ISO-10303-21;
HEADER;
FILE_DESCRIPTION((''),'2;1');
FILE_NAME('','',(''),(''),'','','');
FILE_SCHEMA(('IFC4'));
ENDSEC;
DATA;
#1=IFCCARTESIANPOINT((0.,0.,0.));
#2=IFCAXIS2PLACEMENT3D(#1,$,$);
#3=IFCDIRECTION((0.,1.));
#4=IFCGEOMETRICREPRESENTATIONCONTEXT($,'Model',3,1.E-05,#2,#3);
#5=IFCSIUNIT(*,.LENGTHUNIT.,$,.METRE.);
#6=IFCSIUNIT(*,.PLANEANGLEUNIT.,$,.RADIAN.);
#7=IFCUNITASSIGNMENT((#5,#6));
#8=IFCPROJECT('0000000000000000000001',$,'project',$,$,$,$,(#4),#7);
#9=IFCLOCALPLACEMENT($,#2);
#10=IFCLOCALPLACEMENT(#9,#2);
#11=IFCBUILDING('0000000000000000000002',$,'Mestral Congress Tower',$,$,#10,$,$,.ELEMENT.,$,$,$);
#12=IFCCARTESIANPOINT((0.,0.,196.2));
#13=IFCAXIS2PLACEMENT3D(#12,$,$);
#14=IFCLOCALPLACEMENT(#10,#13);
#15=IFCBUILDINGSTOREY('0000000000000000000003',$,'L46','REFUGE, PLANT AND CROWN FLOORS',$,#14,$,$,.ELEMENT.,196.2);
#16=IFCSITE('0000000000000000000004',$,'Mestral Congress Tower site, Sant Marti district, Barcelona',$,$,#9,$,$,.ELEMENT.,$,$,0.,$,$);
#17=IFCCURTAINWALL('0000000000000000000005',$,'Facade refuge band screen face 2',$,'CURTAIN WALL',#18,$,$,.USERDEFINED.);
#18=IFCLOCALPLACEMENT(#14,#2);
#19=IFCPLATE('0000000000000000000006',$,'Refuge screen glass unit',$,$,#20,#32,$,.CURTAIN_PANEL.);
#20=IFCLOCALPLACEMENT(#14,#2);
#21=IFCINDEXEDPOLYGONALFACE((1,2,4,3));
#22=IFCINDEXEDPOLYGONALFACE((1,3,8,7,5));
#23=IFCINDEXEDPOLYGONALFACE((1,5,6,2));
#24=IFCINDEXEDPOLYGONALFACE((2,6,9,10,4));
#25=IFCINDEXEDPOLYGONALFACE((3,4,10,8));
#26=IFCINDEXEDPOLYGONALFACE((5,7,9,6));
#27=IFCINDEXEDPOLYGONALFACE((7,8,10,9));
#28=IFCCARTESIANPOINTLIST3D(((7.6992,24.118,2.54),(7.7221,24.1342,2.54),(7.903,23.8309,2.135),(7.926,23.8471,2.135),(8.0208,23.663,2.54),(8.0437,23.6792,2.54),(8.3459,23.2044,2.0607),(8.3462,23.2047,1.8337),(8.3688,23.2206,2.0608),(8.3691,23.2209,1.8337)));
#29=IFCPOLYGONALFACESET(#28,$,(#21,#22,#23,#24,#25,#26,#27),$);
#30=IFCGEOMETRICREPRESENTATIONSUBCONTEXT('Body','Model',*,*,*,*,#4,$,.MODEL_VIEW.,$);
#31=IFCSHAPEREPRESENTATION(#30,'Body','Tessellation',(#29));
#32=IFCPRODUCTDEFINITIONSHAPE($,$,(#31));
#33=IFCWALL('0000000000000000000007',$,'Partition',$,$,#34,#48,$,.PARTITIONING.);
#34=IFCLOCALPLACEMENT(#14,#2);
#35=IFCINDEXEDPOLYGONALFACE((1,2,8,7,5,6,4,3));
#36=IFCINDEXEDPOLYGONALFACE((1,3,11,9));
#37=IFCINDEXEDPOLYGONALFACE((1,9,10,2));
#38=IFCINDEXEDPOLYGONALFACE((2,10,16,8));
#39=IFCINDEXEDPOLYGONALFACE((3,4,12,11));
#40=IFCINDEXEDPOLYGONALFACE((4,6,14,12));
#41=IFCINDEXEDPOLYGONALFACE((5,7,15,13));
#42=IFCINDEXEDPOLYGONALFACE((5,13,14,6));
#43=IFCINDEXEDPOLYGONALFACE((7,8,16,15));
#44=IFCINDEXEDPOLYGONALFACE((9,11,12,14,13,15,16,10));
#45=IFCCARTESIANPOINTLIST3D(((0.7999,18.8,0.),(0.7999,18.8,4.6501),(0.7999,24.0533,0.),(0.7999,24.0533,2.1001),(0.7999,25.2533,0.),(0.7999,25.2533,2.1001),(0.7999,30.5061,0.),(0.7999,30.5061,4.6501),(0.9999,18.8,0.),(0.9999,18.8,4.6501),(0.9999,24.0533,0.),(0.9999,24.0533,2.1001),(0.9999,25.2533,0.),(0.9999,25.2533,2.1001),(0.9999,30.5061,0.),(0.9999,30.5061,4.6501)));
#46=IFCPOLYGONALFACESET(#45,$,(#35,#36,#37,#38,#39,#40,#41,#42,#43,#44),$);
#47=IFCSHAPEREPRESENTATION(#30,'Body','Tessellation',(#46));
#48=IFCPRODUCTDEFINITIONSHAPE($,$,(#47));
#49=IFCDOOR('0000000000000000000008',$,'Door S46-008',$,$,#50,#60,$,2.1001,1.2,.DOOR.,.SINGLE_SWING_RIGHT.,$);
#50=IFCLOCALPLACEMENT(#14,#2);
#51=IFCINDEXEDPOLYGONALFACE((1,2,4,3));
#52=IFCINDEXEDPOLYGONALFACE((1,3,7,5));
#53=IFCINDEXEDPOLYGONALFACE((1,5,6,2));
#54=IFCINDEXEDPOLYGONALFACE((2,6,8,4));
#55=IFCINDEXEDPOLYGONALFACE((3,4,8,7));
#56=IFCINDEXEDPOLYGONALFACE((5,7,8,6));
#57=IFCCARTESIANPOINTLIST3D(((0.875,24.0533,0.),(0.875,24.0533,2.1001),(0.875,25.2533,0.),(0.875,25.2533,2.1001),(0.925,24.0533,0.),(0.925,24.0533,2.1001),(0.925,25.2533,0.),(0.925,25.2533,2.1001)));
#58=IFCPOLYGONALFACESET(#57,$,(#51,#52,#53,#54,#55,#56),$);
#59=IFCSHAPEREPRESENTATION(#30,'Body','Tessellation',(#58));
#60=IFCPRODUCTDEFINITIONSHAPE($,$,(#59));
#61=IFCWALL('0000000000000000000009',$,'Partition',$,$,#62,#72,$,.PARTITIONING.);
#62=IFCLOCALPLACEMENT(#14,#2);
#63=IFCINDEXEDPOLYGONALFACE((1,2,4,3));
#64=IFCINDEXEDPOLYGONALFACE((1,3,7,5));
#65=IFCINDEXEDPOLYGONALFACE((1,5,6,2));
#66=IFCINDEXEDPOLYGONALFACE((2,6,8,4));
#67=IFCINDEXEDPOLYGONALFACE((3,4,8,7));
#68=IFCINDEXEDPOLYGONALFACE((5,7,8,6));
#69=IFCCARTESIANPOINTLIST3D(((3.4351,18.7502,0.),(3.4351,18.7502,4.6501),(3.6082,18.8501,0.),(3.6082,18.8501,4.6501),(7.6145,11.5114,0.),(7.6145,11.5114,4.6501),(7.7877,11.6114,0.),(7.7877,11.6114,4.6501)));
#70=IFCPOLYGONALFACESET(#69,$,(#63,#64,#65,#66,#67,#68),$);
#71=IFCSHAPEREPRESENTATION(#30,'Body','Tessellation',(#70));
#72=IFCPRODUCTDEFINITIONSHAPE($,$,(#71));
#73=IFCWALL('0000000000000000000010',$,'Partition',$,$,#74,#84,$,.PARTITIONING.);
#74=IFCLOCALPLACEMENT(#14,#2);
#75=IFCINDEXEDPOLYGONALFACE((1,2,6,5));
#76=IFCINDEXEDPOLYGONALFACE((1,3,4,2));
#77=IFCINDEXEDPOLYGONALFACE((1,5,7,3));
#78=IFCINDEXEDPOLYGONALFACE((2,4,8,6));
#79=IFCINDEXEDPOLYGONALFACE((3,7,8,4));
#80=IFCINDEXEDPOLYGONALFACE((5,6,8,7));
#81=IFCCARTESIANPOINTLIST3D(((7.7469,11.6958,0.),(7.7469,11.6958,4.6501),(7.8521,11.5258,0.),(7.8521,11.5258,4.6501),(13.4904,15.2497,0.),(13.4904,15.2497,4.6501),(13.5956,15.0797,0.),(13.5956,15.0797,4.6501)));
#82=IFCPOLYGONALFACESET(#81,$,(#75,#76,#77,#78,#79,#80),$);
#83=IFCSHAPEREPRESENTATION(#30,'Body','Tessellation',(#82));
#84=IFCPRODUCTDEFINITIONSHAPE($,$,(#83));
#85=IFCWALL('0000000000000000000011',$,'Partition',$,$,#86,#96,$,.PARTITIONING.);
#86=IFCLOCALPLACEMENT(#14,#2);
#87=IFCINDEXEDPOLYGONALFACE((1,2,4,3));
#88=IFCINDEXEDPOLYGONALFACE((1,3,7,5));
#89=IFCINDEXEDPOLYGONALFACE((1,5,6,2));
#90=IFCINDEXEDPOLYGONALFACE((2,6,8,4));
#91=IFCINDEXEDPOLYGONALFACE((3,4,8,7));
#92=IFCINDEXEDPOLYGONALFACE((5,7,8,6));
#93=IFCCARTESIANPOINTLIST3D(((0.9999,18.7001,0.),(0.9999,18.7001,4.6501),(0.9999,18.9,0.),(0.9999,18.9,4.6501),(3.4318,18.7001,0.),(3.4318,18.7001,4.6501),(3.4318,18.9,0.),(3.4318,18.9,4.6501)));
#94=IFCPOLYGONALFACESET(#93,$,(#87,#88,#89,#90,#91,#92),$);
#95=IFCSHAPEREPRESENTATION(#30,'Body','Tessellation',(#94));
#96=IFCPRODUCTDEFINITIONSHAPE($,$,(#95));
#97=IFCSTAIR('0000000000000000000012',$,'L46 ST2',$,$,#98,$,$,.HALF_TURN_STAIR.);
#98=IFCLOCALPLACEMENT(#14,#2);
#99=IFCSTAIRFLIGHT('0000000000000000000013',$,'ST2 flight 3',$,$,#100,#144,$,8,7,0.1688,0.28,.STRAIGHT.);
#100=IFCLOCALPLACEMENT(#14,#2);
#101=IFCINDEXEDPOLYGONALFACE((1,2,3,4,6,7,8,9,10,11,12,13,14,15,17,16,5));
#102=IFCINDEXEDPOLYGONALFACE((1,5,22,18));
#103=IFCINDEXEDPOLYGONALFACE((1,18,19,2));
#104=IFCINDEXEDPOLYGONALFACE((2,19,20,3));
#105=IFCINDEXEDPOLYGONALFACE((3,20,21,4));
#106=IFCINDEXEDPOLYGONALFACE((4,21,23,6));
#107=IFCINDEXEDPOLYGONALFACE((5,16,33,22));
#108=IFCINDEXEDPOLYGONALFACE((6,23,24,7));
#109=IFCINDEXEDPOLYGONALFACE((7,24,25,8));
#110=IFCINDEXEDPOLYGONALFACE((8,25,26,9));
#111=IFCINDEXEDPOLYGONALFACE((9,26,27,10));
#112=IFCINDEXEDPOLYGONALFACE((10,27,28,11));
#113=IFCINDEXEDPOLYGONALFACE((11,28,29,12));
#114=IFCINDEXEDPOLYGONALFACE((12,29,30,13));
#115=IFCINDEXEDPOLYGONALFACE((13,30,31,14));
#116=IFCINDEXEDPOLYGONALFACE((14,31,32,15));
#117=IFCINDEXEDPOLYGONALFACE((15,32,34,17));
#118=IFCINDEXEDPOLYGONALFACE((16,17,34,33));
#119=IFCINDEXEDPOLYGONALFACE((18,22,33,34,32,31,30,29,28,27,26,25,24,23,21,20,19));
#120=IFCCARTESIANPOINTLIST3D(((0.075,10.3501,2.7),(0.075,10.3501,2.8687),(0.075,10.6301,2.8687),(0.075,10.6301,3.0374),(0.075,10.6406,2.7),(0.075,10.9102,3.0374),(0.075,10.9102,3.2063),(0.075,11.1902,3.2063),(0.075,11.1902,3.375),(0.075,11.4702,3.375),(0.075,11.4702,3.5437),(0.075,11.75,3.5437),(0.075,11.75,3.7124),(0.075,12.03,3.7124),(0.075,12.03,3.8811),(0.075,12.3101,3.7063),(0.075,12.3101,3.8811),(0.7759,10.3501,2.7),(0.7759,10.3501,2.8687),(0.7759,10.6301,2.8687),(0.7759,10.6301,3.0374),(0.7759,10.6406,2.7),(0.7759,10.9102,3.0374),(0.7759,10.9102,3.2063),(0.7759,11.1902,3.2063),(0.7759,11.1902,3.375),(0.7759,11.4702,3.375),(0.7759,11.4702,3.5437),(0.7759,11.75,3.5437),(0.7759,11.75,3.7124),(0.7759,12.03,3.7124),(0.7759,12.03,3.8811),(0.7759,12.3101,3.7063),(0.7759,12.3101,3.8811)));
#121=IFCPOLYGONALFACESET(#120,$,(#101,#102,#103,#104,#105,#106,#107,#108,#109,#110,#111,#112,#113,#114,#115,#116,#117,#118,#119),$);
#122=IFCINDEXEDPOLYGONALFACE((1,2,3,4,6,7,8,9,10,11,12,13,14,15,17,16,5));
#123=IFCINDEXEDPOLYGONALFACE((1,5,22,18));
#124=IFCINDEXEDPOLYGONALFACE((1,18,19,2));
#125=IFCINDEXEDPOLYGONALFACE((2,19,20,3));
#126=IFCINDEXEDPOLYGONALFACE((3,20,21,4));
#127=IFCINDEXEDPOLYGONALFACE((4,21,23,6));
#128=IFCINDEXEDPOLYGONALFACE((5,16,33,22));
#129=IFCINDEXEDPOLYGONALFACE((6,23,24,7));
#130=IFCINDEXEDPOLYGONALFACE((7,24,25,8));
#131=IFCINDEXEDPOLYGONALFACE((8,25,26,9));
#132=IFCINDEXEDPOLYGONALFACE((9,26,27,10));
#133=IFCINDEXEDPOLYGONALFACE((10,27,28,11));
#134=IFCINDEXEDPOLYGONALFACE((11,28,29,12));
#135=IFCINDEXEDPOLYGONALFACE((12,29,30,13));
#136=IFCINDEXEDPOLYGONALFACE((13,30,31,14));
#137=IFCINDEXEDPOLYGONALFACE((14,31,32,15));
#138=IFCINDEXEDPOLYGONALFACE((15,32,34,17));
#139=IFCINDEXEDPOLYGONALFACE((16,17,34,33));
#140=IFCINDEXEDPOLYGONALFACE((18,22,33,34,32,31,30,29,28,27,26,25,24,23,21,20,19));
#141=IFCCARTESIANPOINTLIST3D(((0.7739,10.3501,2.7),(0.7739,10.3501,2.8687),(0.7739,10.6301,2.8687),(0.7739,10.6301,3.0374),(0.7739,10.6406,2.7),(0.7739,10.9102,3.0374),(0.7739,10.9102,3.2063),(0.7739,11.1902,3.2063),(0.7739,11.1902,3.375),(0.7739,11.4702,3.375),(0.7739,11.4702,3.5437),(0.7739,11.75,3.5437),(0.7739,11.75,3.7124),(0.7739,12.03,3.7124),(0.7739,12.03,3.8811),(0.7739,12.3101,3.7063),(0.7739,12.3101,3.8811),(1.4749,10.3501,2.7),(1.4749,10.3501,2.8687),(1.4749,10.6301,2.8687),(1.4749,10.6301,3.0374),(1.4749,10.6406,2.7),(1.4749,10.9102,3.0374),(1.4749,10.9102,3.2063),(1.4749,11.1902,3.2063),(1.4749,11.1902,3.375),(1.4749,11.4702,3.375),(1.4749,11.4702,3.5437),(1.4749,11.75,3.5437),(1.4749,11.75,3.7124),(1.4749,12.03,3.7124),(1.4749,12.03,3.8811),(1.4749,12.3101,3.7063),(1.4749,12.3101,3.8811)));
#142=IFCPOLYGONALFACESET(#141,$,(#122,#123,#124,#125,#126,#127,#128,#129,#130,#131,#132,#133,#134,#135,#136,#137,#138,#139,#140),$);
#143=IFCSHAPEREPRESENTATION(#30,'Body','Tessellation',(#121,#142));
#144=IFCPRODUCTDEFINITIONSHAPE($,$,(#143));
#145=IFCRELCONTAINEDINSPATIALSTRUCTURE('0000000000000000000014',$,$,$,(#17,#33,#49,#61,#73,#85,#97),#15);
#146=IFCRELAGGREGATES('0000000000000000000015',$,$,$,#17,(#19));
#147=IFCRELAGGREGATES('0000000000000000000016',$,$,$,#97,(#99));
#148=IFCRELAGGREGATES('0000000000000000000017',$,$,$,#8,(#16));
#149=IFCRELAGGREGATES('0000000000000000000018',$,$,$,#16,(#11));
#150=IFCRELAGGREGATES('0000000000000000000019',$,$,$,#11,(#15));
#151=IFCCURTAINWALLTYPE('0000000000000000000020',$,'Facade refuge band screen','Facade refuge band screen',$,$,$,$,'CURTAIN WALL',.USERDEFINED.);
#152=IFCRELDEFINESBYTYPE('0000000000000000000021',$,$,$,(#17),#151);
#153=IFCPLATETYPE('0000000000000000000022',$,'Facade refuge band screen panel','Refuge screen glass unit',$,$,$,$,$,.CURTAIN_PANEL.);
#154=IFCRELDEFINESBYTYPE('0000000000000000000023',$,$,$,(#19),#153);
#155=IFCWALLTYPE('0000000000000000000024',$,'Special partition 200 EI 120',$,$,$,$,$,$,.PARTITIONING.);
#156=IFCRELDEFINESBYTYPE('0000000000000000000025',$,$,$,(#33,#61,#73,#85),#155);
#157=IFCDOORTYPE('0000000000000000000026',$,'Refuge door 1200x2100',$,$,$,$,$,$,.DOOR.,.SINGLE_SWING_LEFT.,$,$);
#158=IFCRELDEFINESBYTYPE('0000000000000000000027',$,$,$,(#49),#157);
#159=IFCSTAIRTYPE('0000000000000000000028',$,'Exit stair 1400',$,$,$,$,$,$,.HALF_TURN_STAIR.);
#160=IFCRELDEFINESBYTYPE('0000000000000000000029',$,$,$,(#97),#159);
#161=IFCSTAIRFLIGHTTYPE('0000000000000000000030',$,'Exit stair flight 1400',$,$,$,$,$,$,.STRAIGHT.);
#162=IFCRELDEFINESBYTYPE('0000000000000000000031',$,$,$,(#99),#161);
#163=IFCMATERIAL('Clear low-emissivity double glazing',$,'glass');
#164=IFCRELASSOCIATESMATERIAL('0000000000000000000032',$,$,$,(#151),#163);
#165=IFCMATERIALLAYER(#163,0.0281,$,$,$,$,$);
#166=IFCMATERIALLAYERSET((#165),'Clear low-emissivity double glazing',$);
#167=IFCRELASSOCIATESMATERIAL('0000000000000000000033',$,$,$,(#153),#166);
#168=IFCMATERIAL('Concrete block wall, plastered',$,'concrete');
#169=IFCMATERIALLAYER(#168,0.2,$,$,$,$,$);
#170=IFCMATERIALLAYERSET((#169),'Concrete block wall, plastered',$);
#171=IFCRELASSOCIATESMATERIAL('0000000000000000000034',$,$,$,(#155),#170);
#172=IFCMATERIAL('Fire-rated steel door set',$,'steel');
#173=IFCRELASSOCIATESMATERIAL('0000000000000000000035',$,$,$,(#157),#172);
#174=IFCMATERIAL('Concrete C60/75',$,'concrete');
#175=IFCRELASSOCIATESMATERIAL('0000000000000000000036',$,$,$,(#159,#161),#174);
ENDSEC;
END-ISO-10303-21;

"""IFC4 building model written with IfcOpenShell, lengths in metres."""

from ifc_helpers import new_model, si_unit, direction, frame, frame_2d, origin, place, context, subcontext, project, spatial, polyline, rectangle, outline, extrude, material, layer, layer_set, type_object, element, fill, aggregate, save


model = new_model("IFC4")

# Units and contexts
model_context = context("Model", 3, precision=1e-05, world=origin(), true_north=direction((0.0, 1.0)))
body_context = subcontext(model_context, "Body", "Model", "MODEL_VIEW")
ifc_project = project(units=[si_unit("LENGTHUNIT", "METRE"), si_unit("PLANEANGLEUNIT", "RADIAN")], contexts=[model_context])

# Site, building, storey
site_placement = place(None, origin())
site = spatial("IfcSite", under=ifc_project, at=site_placement, Name="Mestral Congress Tower site, Sant Marti district, Barcelona", CompositionType="ELEMENT", RefElevation=0.0)
building_placement = place(site_placement, origin())
building = spatial("IfcBuilding", under=site, at=building_placement, Name="Mestral Congress Tower", CompositionType="ELEMENT")
storey_placement = place(building_placement, frame((0.0, 0.0, 196.2)))
storey = spatial("IfcBuildingStorey", under=building, at=storey_placement, Name="L46", Description="REFUGE, PLANT AND CROWN FLOORS", CompositionType="ELEMENT", Elevation=196.2)

# Curtain wall, plate
ifc_material_1 = material(Name="Clear low-emissivity double glazing", Category="glass")
curtain_wall_type = type_object("IfcCurtainWallType", Name="Facade refuge band screen", Description="Facade refuge band screen", ElementType="CURTAIN WALL", PredefinedType="USERDEFINED", material=ifc_material_1)
placement = place(storey_placement, origin())
curtain_wall = element("IfcCurtainWall", 1, at=placement, inside=storey, type_object=curtain_wall_type, Name="Facade refuge band screen face 2", ObjectType="CURTAIN WALL", PredefinedType="USERDEFINED")
ifc_layer_1 = layer(ifc_material_1, 0.0281)
ifc_layer_set_1 = layer_set([ifc_layer_1], Name="Clear low-emissivity double glazing")
plate_type_1 = type_object("IfcPlateType", Name="Facade refuge band screen panel", Description="Refuge screen glass unit", PredefinedType="CURTAIN_PANEL", material=ifc_layer_set_1)
plate_1_placement = place(storey_placement, frame((8.3691, 23.2209, 1.8337), z_axis=(0.816679, 0.577089, 0.001909), x_axis=(-0.00141, -0.001312, 0.999998)))
plate_1 = element("IfcPlate", 2, at=plate_1_placement, type_object=plate_type_1, Name="Refuge screen glass unit", PredefinedType="CURTAIN_PANEL", context=body_context, shape_type="SweptSolid", body=[
    extrude(outline(polyline([(0.0, 0.0), (0.2271, 0.0), (0.7062, -0.5622), (0.706, -1.1194), (0.3011, -0.7672), (0.0, 0.0)])), origin(), (0.0, 0.0, -1.0), 0.0281),
])
aggregate(curtain_wall, [plate_1])

# Wall, opening, door
ifc_material_2 = material(Name="Concrete block wall, plastered", Category="concrete")
ifc_layer_2 = layer(ifc_material_2, 0.2)
ifc_layer_set_2 = layer_set([ifc_layer_2], Name="Concrete block wall, plastered")
wall_type = type_object("IfcWallType", Name="Special partition 200 EI 120", PredefinedType="PARTITIONING", material=ifc_layer_set_2)
wall_1_placement = place(storey_placement, frame((0.8999, 18.8, 0.0), z_axis=(0.0, 0.0, 1.0), x_axis=(0.0, 1.0, 0.0)))
wall_1 = element("IfcWall", 3, at=wall_1_placement, inside=storey, type_object=wall_type, Name="Partition", PredefinedType="PARTITIONING", context=body_context, shape_type="SweptSolid", body=[
    extrude(rectangle(XDim=11.7061, YDim=0.2, at=frame_2d((5.853, 0.0))), origin(), (0.0, 0.0, 1.0), 4.6501),
])
opening_placement = place(wall_1_placement, frame((5.2532, 0.0, 0.0)))
opening = element("IfcOpeningElement", 4, at=opening_placement, cuts=wall_1, PredefinedType="OPENING", context=body_context, shape_type="SweptSolid", body=[
    extrude(rectangle(XDim=1.2, YDim=2.1001, at=frame_2d((0.6001, 1.05))), frame((0.0, 0.1099, 0.0), z_axis=(0.0, -1.0, 0.0), x_axis=(1.0, 0.0, 0.0)), (0.0, 0.0, 1.0), 0.22),
])
ifc_material_3 = material(Name="Fire-rated steel door set", Category="steel")
door_type = type_object("IfcDoorType", Name="Refuge door 1200x2100", OperationType="SINGLE_SWING_LEFT", PredefinedType="DOOR", material=ifc_material_3)
door_placement = place(opening_placement, origin())
door = element("IfcDoor", 5, at=door_placement, inside=storey, type_object=door_type, Name="Door S46-008", OperationType="SINGLE_SWING_RIGHT", OverallHeight=2.1001, OverallWidth=1.2, PredefinedType="DOOR", context=body_context, shape_type="SweptSolid", body=[
    extrude(rectangle(XDim=1.2, YDim=2.1001, at=frame_2d((0.6001, 1.05))), frame((0.0, 0.0249, 0.0), z_axis=(0.0, -1.0, 0.0), x_axis=(1.0, 0.0, 0.0)), (0.0, 0.0, 1.0), 0.05),
])
fill(opening, door)

# Walls
wall_2_placement = place(storey_placement, frame((3.5217, 18.8, 0.0), z_axis=(0.0, 0.0, 1.0), x_axis=(0.500012, -0.866018, 0.0)))
element("IfcWall", 6, at=wall_2_placement, inside=storey, type_object=wall_type, Name="Partition", PredefinedType="PARTITIONING", context=body_context, shape_type="SweptSolid", body=[
    extrude(rectangle(XDim=8.3586, YDim=0.2, at=frame_2d((4.1792, 0.0))), origin(), (0.0, 0.0, 1.0), 4.6501),
])
wall_3_placement = place(storey_placement, frame((7.7996, 11.6108, 0.0), z_axis=(0.0, 0.0, 1.0), x_axis=(0.850374, 0.526179, 0.0)))
element("IfcWall", 7, at=wall_3_placement, inside=storey, type_object=wall_type, Name="Partition", PredefinedType="PARTITIONING", context=body_context, shape_type="SweptSolid", body=[
    extrude(rectangle(XDim=6.7542, YDim=0.2, at=frame_2d((3.377, 0.0))), origin(), (0.0, 0.0, 1.0), 4.6501),
])
wall_4_placement = place(storey_placement, frame((1.0, 18.8, 0.0), z_axis=(0.0, 0.0, 1.0), x_axis=(1.0, 0.0, 0.0)))
element("IfcWall", 8, at=wall_4_placement, inside=storey, type_object=wall_type, Name="Partition", PredefinedType="PARTITIONING", context=body_context, shape_type="SweptSolid", body=[
    extrude(rectangle(XDim=2.4319, YDim=0.2, at=frame_2d((1.2158, 0.0))), origin(), (0.0, 0.0, 1.0), 4.6501),
])

# Stair, stair flight
ifc_material_4 = material(Name="Concrete C60/75", Category="concrete")
stair_type = type_object("IfcStairType", Name="Exit stair 1400", PredefinedType="HALF_TURN_STAIR", material=ifc_material_4)
stair = element("IfcStair", 9, at=placement, inside=storey, type_object=stair_type, Name="L46 ST2", PredefinedType="HALF_TURN_STAIR")
stair_flight_type = type_object("IfcStairFlightType", Name="Exit stair flight 1400", PredefinedType="STRAIGHT", material=ifc_material_4)
stair_flight_placement = place(storey_placement, frame((0.7749, 10.3501, 2.7), z_axis=(0.0, 0.0, 1.0), x_axis=(0.0, 1.0, 0.0)))
stair_flight = element("IfcStairFlight", 10, at=stair_flight_placement, type_object=stair_flight_type, Name="ST2 flight 3", NumberOfRisers=8, NumberOfTreads=7, PredefinedType="STRAIGHT", RiserHeight=0.1688, TreadLength=0.28, context=body_context, shape_type="SweptSolid", body=[
    extrude(outline(polyline([(0.0, 0.0), (0.0, 0.1687), (0.28, 0.1687), (0.28, 0.3374), (0.5601, 0.3374), (0.5601, 0.5063), (0.8401, 0.5063), (0.8401, 0.675), (1.1201, 0.675), (1.1201, 0.8438), (1.3999, 0.8438), (1.3999, 1.0125), (1.6799, 1.0125), (1.6799, 1.1812), (1.96, 1.1812), (1.96, 1.3501), (1.96, 1.0063), (0.2905, 0.0), (0.0, 0.0)])), frame((0.0, 0.7, 0.0), z_axis=(0.0, -1.0, 0.0), x_axis=(1.0, 0.0, 0.0)), (0.0, 0.0, 1.0), 0.7009),
    extrude(outline(polyline([(0.0, 0.0), (0.0, 0.1687), (0.28, 0.1687), (0.28, 0.3374), (0.5601, 0.3374), (0.5601, 0.5063), (0.8401, 0.5063), (0.8401, 0.675), (1.1201, 0.675), (1.1201, 0.8438), (1.3999, 0.8438), (1.3999, 1.0125), (1.6799, 1.0125), (1.6799, 1.1812), (1.96, 1.1812), (1.96, 1.3501), (1.96, 1.0063), (0.2905, 0.0), (0.0, 0.0)])), frame((0.0, 0.001, 0.0), z_axis=(0.0, -1.0, 0.0), x_axis=(1.0, 0.0, 0.0)), (0.0, 0.0, 1.0), 0.7009),
])
aggregate(stair, [stair_flight])

save(model, "model.ifc")
